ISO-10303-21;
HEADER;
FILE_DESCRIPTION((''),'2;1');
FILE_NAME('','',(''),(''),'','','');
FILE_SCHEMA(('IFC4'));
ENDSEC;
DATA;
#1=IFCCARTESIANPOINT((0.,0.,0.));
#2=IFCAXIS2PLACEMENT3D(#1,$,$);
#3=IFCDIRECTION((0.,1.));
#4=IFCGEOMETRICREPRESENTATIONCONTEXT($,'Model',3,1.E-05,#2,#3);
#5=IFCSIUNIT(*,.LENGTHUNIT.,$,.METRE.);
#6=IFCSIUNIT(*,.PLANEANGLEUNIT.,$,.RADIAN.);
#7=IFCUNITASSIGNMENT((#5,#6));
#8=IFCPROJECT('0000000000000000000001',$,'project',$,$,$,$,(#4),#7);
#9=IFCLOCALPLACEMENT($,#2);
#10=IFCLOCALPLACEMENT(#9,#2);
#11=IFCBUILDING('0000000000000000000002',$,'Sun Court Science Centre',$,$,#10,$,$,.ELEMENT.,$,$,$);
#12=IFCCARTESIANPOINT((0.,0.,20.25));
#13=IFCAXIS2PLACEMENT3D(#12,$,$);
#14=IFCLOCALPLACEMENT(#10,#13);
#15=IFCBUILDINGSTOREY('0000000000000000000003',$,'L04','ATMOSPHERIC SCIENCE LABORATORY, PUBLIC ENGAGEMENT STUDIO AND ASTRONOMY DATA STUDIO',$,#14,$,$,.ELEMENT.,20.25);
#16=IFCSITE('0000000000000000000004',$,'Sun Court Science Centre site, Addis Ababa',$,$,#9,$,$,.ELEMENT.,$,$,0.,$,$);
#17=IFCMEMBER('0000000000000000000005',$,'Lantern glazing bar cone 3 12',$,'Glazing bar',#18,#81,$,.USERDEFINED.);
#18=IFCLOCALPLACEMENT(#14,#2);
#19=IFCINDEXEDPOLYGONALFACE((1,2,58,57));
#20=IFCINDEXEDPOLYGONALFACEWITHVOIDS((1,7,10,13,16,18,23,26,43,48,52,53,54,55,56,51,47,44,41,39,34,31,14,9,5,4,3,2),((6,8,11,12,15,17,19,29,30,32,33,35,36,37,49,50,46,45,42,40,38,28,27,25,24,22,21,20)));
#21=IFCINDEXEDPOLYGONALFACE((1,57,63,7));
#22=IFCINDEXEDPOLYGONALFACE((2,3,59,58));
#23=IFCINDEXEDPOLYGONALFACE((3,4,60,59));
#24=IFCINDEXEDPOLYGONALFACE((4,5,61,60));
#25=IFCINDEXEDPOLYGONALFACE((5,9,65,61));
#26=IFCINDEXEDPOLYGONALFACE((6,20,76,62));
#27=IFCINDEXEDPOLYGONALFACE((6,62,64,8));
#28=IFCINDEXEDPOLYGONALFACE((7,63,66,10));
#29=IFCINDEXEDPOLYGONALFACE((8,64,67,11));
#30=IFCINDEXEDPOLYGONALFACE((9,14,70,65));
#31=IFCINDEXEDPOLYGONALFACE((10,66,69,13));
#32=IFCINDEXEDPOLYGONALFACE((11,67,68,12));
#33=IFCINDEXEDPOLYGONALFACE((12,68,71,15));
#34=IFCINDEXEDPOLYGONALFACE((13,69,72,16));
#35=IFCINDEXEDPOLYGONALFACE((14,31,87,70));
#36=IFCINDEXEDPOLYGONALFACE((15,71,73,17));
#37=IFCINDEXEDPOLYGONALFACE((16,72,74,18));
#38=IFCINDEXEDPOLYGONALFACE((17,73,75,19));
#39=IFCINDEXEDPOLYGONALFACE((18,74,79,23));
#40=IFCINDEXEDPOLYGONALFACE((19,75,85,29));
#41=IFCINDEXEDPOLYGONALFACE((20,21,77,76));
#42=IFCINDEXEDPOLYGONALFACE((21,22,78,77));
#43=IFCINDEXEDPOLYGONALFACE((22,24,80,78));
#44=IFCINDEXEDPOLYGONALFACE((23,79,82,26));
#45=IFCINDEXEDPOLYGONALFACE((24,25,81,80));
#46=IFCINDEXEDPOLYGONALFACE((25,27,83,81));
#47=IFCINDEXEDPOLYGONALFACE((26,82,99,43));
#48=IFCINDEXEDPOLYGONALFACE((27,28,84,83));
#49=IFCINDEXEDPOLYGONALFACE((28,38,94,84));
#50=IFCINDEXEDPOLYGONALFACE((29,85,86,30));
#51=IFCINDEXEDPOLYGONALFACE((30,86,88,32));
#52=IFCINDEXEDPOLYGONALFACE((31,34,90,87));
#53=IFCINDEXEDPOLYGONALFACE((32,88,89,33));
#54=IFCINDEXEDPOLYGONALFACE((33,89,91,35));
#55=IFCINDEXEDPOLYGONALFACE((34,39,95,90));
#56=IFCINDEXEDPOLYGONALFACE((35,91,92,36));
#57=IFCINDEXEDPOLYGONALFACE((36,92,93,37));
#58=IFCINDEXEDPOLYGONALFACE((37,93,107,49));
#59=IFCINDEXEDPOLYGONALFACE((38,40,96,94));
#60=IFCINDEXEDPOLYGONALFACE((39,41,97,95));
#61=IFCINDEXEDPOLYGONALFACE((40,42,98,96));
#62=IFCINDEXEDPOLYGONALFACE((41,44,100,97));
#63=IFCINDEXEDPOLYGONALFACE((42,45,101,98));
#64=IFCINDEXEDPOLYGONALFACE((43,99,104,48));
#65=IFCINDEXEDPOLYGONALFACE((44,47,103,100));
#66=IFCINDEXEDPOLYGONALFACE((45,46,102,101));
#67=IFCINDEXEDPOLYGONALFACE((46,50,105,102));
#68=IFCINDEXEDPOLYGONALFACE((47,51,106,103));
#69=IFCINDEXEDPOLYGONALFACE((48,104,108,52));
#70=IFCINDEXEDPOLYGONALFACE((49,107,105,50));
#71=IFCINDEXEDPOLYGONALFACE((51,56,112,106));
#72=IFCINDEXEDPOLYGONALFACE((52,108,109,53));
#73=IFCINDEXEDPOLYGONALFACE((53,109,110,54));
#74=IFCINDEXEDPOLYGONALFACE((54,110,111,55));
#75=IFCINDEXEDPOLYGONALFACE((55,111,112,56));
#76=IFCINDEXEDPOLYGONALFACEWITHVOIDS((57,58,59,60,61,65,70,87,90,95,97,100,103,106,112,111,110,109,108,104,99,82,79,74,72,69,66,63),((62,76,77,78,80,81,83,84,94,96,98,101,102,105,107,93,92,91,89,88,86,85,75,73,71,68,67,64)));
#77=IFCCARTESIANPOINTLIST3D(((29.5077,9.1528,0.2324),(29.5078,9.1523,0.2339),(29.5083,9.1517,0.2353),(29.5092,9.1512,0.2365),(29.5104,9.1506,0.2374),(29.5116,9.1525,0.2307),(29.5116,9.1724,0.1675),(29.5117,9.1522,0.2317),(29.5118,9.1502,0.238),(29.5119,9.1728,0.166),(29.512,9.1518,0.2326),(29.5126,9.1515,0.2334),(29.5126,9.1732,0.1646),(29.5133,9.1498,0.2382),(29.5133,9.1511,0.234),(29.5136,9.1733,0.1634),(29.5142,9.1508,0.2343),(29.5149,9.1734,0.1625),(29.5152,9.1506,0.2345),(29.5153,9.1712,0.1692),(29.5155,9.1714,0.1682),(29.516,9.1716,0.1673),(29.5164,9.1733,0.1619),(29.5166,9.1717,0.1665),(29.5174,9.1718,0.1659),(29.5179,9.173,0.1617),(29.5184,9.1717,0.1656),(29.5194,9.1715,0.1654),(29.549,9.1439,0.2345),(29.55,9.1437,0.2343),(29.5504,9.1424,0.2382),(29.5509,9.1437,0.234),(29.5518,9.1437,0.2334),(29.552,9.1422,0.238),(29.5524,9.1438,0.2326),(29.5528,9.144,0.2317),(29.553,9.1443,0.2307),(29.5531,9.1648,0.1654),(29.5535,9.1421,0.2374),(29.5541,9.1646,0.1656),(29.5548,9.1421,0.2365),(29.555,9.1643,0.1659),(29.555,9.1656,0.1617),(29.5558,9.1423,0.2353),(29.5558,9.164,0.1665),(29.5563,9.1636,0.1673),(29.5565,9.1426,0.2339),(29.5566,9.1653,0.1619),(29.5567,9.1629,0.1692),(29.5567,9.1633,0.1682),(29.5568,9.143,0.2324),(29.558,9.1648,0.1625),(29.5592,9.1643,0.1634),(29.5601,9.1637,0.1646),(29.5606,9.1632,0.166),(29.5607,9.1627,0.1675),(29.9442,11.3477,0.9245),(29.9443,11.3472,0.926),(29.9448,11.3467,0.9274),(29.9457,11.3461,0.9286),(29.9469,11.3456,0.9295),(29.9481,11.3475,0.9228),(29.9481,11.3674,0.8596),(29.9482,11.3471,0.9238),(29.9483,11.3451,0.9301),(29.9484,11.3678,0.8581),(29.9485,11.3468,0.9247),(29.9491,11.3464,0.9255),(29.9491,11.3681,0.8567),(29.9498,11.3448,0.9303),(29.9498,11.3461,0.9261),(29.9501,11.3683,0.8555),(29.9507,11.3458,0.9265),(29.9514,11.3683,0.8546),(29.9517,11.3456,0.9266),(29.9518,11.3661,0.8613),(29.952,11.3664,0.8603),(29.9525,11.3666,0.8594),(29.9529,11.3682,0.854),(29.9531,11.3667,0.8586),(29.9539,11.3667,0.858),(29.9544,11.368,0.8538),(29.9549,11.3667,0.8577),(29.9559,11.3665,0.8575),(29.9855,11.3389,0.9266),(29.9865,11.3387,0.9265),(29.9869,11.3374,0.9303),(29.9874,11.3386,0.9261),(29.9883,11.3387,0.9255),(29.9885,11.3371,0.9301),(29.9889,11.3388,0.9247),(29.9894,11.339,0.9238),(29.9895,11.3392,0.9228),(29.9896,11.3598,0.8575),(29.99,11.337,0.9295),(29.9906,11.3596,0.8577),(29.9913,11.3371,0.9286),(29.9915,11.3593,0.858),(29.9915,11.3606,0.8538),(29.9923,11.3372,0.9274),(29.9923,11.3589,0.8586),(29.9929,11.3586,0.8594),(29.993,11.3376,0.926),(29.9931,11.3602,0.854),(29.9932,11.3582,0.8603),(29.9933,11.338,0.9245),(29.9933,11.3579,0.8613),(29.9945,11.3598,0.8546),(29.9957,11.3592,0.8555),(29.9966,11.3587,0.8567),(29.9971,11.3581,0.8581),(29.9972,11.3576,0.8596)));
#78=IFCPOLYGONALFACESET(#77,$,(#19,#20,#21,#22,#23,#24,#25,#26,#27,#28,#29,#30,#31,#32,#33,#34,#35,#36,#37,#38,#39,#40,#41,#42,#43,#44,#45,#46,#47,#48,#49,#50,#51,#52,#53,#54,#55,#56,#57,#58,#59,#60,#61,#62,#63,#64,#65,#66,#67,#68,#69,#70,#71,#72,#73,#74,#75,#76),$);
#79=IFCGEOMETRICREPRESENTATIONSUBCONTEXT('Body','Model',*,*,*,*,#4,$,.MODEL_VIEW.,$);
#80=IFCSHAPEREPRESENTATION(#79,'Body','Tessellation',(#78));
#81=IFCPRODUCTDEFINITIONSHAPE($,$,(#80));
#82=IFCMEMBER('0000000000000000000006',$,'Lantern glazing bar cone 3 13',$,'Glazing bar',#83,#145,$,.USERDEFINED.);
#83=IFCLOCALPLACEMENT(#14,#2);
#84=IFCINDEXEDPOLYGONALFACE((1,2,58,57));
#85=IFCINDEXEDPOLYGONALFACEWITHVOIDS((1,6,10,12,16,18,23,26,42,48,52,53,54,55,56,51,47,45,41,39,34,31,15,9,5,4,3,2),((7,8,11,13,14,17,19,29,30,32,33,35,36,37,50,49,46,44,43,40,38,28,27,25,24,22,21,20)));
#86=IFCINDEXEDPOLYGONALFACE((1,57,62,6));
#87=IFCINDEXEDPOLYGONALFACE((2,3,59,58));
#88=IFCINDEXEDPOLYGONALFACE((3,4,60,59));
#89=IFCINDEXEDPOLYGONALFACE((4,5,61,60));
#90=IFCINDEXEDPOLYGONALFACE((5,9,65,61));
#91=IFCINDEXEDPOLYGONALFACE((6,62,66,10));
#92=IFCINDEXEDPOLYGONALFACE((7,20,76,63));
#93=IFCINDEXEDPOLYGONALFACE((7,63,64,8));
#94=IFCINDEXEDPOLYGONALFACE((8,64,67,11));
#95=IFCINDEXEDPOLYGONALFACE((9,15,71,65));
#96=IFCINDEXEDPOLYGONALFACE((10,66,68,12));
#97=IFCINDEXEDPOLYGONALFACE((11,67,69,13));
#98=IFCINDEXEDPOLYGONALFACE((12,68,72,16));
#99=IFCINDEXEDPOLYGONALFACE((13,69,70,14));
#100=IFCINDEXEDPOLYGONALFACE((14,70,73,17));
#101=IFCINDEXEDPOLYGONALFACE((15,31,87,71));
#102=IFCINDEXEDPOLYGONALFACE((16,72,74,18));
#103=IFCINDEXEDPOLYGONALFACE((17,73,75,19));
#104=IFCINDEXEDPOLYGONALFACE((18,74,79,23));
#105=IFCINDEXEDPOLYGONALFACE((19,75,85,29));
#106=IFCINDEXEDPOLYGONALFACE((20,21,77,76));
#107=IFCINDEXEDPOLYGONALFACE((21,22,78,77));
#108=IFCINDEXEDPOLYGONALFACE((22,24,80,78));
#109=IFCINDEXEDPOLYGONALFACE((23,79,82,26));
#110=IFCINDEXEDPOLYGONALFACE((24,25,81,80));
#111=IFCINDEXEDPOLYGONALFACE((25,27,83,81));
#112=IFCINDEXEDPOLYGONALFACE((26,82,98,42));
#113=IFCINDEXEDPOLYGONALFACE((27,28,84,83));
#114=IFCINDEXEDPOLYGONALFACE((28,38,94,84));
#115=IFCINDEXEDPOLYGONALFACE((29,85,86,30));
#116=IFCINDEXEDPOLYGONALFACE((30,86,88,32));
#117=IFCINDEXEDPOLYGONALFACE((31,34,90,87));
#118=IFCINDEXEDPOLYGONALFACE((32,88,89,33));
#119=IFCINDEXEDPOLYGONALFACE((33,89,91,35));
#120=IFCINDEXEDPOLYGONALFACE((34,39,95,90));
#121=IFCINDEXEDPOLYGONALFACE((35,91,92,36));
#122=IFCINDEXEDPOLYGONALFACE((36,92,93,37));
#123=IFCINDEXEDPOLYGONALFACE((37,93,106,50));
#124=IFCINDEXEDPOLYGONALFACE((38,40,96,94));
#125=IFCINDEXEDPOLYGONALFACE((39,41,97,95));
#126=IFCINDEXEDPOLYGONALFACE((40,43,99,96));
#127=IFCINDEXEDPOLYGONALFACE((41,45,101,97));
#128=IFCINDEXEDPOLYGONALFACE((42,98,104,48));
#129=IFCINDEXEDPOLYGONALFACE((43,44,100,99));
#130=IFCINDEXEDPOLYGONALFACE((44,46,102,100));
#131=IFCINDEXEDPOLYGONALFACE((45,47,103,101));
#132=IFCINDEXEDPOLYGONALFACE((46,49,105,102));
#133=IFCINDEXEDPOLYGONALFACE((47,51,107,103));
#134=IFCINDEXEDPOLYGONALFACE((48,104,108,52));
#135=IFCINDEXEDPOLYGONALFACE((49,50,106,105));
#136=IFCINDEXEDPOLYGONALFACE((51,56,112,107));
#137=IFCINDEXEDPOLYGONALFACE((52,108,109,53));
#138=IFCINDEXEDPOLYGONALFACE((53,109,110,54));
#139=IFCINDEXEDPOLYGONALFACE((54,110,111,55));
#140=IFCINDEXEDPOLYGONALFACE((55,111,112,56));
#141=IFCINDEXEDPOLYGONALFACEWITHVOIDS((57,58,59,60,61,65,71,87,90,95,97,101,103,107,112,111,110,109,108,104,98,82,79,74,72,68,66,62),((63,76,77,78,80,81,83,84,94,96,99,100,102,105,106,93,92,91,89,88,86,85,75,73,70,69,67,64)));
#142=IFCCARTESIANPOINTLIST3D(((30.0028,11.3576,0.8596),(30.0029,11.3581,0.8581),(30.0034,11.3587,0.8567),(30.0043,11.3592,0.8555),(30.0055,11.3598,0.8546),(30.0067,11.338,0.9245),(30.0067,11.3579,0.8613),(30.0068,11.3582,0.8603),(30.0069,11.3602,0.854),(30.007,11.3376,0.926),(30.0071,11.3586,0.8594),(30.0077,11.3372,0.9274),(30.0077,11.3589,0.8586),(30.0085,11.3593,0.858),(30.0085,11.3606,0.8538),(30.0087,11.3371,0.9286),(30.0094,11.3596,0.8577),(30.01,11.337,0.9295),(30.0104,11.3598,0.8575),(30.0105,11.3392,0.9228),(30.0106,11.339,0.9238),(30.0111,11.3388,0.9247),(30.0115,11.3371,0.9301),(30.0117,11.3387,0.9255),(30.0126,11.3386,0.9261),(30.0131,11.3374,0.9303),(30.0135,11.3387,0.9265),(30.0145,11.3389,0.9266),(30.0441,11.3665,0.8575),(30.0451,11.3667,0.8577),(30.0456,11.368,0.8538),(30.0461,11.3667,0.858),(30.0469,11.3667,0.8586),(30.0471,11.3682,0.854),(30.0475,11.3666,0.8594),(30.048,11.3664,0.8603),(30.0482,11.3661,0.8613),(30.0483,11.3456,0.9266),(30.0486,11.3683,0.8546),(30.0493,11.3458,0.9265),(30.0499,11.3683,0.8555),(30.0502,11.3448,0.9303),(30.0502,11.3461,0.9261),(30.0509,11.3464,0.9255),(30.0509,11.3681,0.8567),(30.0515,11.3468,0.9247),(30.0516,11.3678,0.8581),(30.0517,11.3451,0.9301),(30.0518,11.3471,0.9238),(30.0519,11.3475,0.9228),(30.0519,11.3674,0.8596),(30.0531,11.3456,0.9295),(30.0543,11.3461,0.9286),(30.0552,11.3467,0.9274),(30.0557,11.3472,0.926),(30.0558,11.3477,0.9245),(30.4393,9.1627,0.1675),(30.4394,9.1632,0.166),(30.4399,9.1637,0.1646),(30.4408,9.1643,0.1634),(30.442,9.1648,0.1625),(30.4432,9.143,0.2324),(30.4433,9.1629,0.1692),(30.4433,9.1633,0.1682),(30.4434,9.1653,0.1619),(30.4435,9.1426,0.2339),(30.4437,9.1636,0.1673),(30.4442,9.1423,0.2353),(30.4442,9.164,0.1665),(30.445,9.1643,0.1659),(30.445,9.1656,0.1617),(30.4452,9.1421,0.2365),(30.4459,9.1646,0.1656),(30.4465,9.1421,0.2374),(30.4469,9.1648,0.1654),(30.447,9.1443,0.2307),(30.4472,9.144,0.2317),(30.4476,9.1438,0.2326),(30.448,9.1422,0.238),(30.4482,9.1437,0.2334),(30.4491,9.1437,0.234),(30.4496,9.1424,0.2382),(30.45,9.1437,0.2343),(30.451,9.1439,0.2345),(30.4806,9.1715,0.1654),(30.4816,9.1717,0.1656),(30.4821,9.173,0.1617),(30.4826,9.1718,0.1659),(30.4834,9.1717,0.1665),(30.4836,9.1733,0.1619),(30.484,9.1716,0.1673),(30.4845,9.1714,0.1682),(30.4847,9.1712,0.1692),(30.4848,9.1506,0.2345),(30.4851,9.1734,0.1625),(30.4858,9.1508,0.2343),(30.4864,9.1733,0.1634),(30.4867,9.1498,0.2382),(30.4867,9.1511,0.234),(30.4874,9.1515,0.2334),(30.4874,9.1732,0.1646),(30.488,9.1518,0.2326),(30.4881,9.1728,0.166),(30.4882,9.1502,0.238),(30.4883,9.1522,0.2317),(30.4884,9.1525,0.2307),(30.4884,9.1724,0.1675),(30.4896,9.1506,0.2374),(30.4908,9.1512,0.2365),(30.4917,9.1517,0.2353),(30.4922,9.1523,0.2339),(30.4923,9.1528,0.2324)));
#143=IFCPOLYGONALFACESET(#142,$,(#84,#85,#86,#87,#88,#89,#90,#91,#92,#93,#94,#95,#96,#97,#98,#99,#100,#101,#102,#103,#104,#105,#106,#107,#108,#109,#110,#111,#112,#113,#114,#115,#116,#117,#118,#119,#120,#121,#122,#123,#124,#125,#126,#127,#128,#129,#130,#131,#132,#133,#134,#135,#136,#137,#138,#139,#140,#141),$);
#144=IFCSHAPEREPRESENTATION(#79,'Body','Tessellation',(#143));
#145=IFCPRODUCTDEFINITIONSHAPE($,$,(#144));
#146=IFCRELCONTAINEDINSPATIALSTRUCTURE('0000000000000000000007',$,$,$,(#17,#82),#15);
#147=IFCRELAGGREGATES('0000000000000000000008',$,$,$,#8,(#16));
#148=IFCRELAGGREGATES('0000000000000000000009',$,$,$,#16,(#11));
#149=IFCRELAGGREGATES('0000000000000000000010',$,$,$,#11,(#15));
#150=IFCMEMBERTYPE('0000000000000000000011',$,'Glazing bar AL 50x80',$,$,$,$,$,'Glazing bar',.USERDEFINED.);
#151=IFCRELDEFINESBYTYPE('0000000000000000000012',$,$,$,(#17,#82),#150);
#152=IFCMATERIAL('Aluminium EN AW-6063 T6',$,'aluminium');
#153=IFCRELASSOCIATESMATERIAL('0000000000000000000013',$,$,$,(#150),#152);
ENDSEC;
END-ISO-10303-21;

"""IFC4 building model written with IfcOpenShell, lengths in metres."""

from ifc_helpers import new_model, si_unit, direction, frame, origin, origin_2d, place, context, subcontext, project, spatial, hollow_rectangle, extrude, material, material_profile, profile_set, type_object, element, save


model = new_model("IFC4")

# Units and contexts
model_context = context("Model", 3, precision=1e-05, world=origin(), true_north=direction((0.0, 1.0)))
body_context = subcontext(model_context, "Body", "Model", "MODEL_VIEW")
ifc_project = project(units=[si_unit("LENGTHUNIT", "METRE"), si_unit("PLANEANGLEUNIT", "RADIAN")], contexts=[model_context])

# Site, building, storey
site_placement = place(None, origin())
site = spatial("IfcSite", under=ifc_project, at=site_placement, Name="Sun Court Science Centre site, Addis Ababa", CompositionType="ELEMENT", RefElevation=0.0)
building_placement = place(site_placement, origin())
building = spatial("IfcBuilding", under=site, at=building_placement, Name="Sun Court Science Centre", CompositionType="ELEMENT")
storey_placement = place(building_placement, frame((0.0, 0.0, 20.25)))
storey = spatial("IfcBuildingStorey", under=building, at=storey_placement, Name="L04", Description="ATMOSPHERIC SCIENCE LABORATORY, PUBLIC ENGAGEMENT STUDIO AND ASTRONOMY DATA STUDIO", CompositionType="ELEMENT", Elevation=20.25)

# Members
ifc_material_1 = material(Name="Aluminium EN AW-6063 T6", Category="aluminium")
ifc_material_profile_1 = material_profile(ifc_material_1, hollow_rectangle(XDim=0.05, YDim=0.0801, WallThickness=0.0039, InnerFilletRadius=0.0039, OuterFilletRadius=0.0061, at=origin_2d()), Name="AL 50x80x4")
ifc_profile_set_1 = profile_set([ifc_material_profile_1], Name="Aluminium EN AW-6063 T6")
member_type_1 = type_object("IfcMemberType", Name="Glazing bar AL 50x80", ElementType="Glazing bar", PredefinedType="USERDEFINED", material=ifc_profile_set_1)
for number, where, z_axis, x_axis, name in (
    (1, (29.5342, 9.1577, 0.2), (0.186339, 0.937009, 0.295453), (-0.980794, 0.195046, 0.0), "Lantern glazing bar cone 3 12"),
    (2, (30.4658, 9.1577, 0.2), (-0.186339, 0.937009, 0.295453), (-0.980794, -0.195046, 0.0), "Lantern glazing bar cone 3 13"),
):
    element("IfcMember", number, at=place(storey_placement, frame(where, z_axis=z_axis, x_axis=x_axis)), inside=storey, type_object=member_type_1, Name=name, ObjectType="Glazing bar", PredefinedType="USERDEFINED", context=body_context, shape_type="SweptSolid", body=[
        extrude(hollow_rectangle(XDim=0.05, YDim=0.0801, WallThickness=0.0039, InnerFilletRadius=0.0039, OuterFilletRadius=0.0061, at=origin_2d()), origin(), (0.0, 0.0, 1.0), 2.3425),
    ])

save(model, "model.ifc")
